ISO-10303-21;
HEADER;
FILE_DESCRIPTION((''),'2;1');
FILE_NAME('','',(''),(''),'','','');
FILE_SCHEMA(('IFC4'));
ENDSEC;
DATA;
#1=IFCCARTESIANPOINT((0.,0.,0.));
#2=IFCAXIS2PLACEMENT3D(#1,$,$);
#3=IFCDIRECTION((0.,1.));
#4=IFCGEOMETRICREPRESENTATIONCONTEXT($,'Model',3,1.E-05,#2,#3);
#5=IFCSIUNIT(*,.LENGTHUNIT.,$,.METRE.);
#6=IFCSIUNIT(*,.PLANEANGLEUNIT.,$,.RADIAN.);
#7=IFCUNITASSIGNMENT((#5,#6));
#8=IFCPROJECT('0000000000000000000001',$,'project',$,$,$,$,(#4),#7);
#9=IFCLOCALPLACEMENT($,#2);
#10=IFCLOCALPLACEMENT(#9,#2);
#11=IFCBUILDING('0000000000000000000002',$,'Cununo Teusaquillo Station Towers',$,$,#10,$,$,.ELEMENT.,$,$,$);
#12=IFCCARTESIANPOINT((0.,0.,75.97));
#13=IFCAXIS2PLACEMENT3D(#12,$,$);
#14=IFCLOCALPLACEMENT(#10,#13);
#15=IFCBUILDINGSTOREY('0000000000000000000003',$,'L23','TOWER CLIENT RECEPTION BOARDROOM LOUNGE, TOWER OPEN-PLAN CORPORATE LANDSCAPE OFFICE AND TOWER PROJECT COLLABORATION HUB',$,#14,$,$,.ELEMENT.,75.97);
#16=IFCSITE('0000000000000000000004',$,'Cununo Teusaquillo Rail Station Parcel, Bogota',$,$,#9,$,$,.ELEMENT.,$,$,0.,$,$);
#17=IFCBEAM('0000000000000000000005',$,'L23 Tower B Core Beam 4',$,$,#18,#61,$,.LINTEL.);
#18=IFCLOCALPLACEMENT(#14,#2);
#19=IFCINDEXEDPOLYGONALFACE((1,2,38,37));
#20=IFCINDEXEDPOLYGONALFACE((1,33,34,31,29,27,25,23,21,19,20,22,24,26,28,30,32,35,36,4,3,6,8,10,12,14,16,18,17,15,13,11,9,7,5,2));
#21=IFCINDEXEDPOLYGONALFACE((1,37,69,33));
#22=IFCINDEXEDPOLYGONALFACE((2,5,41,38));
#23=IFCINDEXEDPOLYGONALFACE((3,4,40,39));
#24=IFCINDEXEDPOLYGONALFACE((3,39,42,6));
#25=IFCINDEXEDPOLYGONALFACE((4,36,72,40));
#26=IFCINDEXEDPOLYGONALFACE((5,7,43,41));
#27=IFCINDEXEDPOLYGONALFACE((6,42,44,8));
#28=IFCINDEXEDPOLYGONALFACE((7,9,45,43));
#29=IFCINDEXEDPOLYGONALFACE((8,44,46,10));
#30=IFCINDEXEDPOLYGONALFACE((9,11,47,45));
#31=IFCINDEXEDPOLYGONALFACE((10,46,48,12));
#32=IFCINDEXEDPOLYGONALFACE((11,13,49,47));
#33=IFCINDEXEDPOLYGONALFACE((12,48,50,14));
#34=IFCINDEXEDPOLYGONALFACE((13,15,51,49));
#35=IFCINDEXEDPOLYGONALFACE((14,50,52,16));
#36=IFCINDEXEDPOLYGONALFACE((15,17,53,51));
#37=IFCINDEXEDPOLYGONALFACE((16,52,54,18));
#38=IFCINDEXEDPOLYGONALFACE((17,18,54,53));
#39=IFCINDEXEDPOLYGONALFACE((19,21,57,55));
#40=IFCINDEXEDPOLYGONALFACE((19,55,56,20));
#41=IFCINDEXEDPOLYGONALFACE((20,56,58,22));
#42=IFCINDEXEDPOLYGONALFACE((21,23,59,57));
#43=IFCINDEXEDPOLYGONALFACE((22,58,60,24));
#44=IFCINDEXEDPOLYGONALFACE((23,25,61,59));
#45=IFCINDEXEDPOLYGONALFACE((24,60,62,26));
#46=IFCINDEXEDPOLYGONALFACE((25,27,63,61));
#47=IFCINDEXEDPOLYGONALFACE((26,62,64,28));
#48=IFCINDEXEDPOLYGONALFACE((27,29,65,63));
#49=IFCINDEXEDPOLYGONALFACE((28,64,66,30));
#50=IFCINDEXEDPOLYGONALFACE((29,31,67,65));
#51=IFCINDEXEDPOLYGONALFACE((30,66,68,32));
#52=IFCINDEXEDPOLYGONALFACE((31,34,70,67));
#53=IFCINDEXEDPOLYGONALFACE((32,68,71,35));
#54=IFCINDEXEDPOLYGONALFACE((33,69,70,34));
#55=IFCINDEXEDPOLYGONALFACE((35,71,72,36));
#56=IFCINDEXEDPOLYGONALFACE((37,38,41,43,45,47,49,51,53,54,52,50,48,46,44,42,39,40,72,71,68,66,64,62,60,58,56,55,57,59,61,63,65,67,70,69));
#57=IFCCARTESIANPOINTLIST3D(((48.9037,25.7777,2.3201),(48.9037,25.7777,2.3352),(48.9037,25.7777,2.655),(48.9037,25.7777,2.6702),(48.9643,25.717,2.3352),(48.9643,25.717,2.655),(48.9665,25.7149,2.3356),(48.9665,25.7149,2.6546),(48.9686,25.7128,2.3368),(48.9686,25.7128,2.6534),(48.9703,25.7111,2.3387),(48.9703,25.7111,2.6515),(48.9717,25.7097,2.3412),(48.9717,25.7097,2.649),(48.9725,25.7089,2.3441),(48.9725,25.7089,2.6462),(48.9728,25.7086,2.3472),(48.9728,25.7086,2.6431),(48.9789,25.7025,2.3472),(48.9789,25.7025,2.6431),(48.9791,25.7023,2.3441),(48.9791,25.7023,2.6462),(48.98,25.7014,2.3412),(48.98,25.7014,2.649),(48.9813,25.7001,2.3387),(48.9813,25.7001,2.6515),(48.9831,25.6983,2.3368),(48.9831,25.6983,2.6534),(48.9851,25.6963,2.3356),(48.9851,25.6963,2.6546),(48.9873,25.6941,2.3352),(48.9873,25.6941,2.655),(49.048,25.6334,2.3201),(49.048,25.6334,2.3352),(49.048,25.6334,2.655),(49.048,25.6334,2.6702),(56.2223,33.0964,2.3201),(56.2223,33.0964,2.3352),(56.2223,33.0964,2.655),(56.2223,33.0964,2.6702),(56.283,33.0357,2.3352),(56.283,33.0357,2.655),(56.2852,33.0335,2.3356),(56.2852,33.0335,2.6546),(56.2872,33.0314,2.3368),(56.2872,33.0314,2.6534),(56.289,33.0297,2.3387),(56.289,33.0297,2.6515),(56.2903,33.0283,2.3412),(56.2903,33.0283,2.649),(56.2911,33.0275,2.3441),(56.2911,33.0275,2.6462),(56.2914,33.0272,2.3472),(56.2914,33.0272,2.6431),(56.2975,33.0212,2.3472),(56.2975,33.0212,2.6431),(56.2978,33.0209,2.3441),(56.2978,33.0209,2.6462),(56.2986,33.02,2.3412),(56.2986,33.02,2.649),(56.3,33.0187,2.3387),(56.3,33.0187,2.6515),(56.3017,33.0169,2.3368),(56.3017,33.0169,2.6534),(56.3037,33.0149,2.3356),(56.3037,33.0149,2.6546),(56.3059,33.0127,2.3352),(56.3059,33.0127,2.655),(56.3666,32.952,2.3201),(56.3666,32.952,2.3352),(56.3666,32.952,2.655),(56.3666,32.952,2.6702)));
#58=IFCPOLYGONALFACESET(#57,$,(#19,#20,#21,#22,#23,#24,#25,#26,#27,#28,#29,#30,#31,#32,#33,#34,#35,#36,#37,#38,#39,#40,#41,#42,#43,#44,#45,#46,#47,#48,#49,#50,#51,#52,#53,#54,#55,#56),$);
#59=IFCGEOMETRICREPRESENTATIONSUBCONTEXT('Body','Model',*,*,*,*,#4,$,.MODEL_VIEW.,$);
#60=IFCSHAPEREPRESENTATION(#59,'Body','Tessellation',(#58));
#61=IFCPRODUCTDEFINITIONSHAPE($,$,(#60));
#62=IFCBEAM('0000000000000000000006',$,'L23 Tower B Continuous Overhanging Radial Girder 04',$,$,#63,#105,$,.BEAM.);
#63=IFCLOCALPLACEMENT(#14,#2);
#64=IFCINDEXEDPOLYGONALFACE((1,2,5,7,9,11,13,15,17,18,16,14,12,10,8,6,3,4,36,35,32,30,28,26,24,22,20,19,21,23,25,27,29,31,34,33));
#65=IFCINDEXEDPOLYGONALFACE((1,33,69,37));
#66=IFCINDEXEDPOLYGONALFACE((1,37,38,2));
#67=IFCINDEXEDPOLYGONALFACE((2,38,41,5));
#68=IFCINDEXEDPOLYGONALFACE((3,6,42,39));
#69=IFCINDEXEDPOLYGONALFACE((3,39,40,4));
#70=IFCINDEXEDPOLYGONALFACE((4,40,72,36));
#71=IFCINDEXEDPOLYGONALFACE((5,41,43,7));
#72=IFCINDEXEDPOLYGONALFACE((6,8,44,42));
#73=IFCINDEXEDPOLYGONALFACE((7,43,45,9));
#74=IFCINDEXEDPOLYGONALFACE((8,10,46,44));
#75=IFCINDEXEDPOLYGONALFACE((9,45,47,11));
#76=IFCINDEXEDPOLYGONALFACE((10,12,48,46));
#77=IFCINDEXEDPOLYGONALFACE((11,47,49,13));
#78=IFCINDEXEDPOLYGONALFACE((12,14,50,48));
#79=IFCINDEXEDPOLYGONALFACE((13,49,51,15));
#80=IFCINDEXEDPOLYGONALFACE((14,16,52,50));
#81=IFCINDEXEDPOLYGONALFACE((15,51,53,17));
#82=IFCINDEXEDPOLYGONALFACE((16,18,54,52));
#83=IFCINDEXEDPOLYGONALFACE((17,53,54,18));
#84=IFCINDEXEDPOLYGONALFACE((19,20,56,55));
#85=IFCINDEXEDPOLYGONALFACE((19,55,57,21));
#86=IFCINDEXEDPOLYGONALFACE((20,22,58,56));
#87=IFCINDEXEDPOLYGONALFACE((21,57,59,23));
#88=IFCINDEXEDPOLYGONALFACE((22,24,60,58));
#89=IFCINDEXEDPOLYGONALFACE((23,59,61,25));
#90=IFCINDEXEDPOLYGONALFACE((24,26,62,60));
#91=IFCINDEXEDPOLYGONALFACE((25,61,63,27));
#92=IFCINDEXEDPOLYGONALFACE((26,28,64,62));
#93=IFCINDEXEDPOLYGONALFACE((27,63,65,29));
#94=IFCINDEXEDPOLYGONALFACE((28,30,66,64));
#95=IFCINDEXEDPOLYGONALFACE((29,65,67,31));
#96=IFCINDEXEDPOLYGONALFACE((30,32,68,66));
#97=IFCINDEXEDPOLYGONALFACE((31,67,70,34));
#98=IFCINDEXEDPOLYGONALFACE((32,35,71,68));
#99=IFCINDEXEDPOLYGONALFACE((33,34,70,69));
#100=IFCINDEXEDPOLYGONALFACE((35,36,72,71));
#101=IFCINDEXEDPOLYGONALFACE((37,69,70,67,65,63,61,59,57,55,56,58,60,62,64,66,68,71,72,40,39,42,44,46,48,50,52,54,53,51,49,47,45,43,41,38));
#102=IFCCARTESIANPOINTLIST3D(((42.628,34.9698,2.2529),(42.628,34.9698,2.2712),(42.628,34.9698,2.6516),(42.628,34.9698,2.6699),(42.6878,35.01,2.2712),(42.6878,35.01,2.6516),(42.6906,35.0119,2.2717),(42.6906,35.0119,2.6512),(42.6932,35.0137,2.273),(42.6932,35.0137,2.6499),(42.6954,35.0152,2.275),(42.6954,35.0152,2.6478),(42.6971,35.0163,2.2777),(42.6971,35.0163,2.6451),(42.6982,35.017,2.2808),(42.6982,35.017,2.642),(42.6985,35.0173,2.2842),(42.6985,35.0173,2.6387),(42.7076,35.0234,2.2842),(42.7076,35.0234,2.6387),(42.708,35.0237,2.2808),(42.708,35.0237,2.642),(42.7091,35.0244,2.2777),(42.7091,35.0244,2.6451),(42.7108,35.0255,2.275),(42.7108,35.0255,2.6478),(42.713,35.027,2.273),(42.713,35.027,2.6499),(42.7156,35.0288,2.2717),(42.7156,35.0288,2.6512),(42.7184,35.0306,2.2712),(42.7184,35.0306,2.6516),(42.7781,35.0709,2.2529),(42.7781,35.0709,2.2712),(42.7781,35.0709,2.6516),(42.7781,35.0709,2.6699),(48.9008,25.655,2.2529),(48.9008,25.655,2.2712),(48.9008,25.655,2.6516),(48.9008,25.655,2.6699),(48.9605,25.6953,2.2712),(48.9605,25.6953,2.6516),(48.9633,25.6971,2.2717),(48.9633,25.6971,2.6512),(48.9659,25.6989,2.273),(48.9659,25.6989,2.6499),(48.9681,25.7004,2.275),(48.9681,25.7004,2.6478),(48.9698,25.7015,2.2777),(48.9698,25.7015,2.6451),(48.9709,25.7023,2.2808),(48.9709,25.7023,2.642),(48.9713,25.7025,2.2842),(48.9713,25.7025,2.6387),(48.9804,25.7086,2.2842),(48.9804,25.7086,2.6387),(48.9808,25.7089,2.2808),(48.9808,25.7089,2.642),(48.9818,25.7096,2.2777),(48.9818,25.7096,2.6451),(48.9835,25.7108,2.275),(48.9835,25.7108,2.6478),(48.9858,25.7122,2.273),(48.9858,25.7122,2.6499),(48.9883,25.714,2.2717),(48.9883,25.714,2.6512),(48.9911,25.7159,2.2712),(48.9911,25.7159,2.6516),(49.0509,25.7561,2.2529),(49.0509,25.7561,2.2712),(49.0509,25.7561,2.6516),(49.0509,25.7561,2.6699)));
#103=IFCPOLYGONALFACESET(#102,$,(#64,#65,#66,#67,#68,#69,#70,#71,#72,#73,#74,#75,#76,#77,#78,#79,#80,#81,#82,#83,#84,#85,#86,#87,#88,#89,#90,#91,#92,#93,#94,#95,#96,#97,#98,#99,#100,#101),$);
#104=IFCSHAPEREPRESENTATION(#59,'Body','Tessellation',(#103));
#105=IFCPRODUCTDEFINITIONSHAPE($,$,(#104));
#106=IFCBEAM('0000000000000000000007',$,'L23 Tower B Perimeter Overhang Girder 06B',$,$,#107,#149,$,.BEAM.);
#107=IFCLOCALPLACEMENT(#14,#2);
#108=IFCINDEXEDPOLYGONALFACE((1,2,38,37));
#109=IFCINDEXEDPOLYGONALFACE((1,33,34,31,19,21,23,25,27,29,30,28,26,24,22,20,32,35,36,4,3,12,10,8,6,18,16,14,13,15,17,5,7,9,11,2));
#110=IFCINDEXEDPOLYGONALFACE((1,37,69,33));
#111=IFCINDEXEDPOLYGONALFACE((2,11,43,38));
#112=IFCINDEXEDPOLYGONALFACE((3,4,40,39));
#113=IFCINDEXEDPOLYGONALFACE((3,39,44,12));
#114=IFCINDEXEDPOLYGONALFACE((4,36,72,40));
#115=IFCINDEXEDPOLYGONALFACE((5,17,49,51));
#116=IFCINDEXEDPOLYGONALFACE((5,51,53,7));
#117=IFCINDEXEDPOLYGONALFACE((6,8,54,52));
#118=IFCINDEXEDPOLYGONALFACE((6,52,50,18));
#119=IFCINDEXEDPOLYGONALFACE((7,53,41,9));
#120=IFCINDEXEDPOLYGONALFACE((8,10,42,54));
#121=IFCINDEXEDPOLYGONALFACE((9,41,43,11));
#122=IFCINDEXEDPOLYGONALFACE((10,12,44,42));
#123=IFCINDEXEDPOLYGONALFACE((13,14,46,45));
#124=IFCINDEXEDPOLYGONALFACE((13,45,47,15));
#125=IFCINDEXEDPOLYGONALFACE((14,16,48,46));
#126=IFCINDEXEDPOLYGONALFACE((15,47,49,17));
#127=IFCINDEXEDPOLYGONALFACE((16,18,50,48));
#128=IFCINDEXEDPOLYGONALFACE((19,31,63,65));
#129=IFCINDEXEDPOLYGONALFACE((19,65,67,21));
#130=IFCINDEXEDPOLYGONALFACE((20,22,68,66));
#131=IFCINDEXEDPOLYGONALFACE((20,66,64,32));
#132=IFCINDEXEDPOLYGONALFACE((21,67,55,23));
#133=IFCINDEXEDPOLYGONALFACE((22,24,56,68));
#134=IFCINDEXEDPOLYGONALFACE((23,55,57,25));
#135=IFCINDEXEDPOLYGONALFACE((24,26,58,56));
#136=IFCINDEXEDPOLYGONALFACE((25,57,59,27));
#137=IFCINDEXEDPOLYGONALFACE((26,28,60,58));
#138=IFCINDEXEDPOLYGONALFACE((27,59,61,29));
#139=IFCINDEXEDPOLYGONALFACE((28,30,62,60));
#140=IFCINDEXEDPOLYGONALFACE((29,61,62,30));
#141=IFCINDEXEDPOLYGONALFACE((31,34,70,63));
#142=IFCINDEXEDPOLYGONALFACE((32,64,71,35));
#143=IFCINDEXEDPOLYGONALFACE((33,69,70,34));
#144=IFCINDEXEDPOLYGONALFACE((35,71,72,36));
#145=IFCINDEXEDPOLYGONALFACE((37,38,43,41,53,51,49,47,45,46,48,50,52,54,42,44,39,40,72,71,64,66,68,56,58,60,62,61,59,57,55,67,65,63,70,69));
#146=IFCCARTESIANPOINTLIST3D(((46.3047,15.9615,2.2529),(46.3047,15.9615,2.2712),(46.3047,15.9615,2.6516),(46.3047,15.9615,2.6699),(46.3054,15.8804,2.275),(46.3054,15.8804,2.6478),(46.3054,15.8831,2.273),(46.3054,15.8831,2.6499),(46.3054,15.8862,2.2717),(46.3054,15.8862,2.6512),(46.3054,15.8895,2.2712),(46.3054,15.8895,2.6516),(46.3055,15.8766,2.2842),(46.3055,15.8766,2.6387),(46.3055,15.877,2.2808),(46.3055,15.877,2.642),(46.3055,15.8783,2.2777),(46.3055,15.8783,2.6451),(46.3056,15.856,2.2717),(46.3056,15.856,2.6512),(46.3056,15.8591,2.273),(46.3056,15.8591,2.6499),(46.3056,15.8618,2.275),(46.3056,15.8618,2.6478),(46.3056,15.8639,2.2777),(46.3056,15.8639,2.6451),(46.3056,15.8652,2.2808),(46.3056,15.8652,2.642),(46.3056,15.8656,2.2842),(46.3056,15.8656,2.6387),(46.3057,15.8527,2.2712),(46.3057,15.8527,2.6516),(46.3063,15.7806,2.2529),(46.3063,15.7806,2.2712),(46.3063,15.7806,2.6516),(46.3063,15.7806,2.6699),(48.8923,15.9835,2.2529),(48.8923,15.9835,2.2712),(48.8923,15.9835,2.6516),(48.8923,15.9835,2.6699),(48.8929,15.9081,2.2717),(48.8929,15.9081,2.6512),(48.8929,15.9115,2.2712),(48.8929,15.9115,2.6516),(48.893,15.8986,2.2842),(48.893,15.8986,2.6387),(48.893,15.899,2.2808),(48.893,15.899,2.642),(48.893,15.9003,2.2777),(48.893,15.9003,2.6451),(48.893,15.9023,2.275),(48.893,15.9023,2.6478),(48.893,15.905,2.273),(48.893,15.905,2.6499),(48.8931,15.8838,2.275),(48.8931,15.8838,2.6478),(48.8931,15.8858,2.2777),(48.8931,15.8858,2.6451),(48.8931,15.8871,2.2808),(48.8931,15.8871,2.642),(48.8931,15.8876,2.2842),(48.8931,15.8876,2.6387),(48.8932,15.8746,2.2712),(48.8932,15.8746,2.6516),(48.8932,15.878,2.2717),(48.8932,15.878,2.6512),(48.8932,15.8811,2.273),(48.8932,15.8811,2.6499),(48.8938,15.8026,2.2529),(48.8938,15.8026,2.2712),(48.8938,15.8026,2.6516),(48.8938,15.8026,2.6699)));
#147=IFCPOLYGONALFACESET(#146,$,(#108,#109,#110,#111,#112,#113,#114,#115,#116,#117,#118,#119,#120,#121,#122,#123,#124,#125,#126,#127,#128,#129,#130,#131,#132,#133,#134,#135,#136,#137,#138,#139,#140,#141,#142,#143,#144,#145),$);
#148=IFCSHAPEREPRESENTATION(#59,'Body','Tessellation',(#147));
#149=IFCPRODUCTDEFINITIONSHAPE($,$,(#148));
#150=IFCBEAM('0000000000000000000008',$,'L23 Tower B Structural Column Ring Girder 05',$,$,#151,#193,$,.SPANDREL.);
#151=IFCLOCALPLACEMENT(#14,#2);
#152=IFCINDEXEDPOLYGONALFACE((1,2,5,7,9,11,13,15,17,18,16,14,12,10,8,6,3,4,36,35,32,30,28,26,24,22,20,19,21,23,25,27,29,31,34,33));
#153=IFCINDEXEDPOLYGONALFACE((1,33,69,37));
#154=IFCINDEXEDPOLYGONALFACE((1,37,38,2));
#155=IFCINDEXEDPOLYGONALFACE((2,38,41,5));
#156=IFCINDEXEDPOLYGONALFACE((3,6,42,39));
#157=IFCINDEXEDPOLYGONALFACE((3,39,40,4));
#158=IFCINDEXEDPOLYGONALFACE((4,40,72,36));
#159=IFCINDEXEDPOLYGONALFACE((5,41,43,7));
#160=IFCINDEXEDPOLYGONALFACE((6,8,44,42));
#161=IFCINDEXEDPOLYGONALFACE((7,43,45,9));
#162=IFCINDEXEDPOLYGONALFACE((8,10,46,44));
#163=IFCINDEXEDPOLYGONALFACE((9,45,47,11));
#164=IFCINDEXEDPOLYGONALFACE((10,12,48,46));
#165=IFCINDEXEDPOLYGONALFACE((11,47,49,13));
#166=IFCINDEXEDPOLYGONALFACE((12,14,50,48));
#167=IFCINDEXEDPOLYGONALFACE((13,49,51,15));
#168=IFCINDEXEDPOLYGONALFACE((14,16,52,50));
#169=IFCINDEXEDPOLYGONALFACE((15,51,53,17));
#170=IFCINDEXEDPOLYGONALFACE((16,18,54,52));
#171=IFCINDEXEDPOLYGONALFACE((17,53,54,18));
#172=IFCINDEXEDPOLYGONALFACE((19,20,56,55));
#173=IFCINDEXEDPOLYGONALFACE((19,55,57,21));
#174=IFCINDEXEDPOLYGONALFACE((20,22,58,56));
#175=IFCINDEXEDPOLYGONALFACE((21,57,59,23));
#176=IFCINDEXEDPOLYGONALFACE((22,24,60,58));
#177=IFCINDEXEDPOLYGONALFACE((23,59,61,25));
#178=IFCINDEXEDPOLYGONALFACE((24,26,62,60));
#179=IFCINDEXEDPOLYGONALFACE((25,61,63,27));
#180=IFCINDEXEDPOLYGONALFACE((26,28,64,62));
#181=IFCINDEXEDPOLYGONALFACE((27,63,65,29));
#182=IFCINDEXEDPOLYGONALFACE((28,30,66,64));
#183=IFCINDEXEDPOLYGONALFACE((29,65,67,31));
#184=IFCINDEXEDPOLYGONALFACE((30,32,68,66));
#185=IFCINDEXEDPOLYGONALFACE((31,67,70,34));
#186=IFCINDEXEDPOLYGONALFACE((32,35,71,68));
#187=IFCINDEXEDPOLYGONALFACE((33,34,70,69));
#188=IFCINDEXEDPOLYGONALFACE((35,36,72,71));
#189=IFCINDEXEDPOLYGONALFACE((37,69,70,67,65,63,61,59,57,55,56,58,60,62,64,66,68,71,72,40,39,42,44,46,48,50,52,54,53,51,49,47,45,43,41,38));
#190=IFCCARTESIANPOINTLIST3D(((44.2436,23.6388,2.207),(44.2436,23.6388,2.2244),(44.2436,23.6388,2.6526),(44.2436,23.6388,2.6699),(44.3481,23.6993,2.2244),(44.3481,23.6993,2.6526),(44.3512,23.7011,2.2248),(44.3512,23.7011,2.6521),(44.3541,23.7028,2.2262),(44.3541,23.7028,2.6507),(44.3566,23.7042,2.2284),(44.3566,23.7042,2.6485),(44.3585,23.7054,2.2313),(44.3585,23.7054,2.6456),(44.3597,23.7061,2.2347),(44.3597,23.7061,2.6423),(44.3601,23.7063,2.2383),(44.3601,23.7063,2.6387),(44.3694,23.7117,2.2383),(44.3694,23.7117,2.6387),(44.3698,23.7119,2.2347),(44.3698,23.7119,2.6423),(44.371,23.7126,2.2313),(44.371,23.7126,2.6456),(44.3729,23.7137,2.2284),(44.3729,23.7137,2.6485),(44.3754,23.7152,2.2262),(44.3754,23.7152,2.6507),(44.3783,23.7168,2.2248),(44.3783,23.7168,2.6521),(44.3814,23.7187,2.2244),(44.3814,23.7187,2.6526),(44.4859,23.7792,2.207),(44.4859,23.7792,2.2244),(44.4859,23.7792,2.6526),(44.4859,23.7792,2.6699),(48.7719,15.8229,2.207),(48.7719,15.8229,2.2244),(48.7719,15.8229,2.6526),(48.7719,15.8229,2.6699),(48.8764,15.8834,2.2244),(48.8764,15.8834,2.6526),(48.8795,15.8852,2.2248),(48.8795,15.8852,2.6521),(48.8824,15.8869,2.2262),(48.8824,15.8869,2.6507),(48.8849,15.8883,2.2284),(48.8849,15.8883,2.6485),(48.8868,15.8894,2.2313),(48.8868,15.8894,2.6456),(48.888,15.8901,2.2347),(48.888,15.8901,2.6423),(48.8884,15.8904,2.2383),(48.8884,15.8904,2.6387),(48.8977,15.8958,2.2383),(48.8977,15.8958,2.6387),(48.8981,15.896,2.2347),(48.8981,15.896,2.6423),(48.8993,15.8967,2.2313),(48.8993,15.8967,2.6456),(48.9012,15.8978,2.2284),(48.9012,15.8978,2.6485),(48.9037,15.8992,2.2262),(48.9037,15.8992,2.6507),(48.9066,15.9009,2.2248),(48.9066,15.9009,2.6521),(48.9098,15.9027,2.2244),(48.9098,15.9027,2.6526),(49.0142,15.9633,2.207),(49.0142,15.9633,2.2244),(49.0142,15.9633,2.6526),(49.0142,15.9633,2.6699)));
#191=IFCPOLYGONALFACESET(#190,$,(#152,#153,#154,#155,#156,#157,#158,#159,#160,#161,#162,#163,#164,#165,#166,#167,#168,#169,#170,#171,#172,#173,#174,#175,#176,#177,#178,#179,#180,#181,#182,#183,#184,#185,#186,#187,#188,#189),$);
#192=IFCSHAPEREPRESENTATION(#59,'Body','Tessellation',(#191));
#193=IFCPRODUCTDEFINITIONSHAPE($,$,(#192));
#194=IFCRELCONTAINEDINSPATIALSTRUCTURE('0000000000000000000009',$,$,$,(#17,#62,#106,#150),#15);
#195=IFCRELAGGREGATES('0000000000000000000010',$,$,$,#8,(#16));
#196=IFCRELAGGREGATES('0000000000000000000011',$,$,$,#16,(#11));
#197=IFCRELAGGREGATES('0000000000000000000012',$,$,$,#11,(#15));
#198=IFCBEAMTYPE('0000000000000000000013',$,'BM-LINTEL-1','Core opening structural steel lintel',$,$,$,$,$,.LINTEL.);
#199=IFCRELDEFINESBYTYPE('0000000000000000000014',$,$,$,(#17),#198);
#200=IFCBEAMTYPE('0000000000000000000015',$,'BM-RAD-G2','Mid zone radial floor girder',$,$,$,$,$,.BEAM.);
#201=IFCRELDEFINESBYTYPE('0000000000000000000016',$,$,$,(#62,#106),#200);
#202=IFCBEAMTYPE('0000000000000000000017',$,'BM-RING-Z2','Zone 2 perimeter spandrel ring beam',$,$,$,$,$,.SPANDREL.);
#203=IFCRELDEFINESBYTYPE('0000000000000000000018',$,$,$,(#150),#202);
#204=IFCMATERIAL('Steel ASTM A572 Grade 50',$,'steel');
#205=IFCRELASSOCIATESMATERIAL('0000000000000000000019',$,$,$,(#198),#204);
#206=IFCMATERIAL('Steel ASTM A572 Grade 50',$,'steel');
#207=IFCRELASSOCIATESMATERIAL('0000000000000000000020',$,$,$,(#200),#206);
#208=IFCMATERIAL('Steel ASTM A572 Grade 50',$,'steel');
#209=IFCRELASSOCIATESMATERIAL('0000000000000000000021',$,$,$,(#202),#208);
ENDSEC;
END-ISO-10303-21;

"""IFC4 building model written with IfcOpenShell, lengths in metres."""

from ifc_helpers import new_model, si_unit, direction, frame, origin, origin_2d, place, context, subcontext, project, spatial, i_section, extrude, material, material_profile, profile_set, type_object, element, save


model = new_model("IFC4")

# Units and contexts
model_context = context("Model", 3, precision=1e-05, world=origin(), true_north=direction((0.0, 1.0)))
body_context = subcontext(model_context, "Body", "Model", "MODEL_VIEW")
ifc_project = project(units=[si_unit("LENGTHUNIT", "METRE"), si_unit("PLANEANGLEUNIT", "RADIAN")], contexts=[model_context])

# Site, building, storey
site_placement = place(None, origin())
site = spatial("IfcSite", under=ifc_project, at=site_placement, Name="Cununo Teusaquillo Rail Station Parcel, Bogota", CompositionType="ELEMENT", RefElevation=0.0)
building_placement = place(site_placement, origin())
building = spatial("IfcBuilding", under=site, at=building_placement, Name="Cununo Teusaquillo Station Towers", CompositionType="ELEMENT")
storey_placement = place(building_placement, frame((0.0, 0.0, 75.97)))
storey = spatial("IfcBuildingStorey", under=building, at=storey_placement, Name="L23", Description="TOWER CLIENT RECEPTION BOARDROOM LOUNGE, TOWER OPEN-PLAN CORPORATE LANDSCAPE OFFICE AND TOWER PROJECT COLLABORATION HUB", CompositionType="ELEMENT", Elevation=75.97)

# Beams
ifc_material_1 = material(Name="Steel ASTM A572 Grade 50", Category="steel")
ifc_material_profile_1 = material_profile(ifc_material_1, i_section(OverallWidth=0.2041, OverallDepth=0.3501, WebThickness=0.0085, FlangeThickness=0.0151, FilletRadius=0.012, at=origin_2d()), Name="W14X48")
ifc_profile_set_1 = profile_set([ifc_material_profile_1], Name="Steel ASTM A572 Grade 50")
beam_type_1 = type_object("IfcBeamType", Name="BM-LINTEL-1", Description="Core opening structural steel lintel", PredefinedType="LINTEL", material=ifc_profile_set_1)
beam_1_placement = place(storey_placement, frame((48.9758, 25.7056, 2.4951), z_axis=(0.707107, 0.707107, 0.0), x_axis=(-0.707107, 0.707107, 0.0)))
element("IfcBeam", 1, at=beam_1_placement, inside=storey, type_object=beam_type_1, Name="L23 Tower B Core Beam 4", PredefinedType="LINTEL", context=body_context, shape_type="SweptSolid", body=[
    extrude(i_section(OverallWidth=0.2041, OverallDepth=0.3501, WebThickness=0.0085, FlangeThickness=0.0151, FilletRadius=0.012, at=origin_2d()), origin(), (0.0, 0.0, 1.0), 10.3501),
])
ifc_material_2 = material(Name="Steel ASTM A572 Grade 50", Category="steel")
ifc_material_profile_2 = material_profile(ifc_material_2, i_section(OverallWidth=0.1809, OverallDepth=0.417, WebThickness=0.011, FlangeThickness=0.0183, FilletRadius=0.0129, at=origin_2d()), Name="W16X57")
ifc_profile_set_2 = profile_set([ifc_material_profile_2], Name="Steel ASTM A572 Grade 50")
beam_type_2 = type_object("IfcBeamType", Name="BM-RAD-G2", Description="Mid zone radial floor girder", PredefinedType="BEAM", material=ifc_profile_set_2)
beam_2_placement = place(storey_placement, frame((48.9758, 25.7056, 2.4614), z_axis=(-0.558572, 0.829456, 0.0), x_axis=(-0.829456, -0.558572, 0.0)))
element("IfcBeam", 2, at=beam_2_placement, inside=storey, type_object=beam_type_2, Name="L23 Tower B Continuous Overhanging Radial Girder 04", PredefinedType="BEAM", context=body_context, shape_type="SweptSolid", body=[
    extrude(i_section(OverallWidth=0.1809, OverallDepth=0.417, WebThickness=0.011, FlangeThickness=0.0183, FilletRadius=0.0129, at=origin_2d()), origin(), (0.0, 0.0, 1.0), 11.23),
])
beam_3_placement = place(storey_placement, frame((48.8931, 15.8931, 2.4614), z_axis=(-0.999964, -0.008491, 0.0), x_axis=(0.008491, -0.999964, 0.0)))
element("IfcBeam", 3, at=beam_3_placement, inside=storey, type_object=beam_type_2, Name="L23 Tower B Perimeter Overhang Girder 06B", PredefinedType="BEAM", context=body_context, shape_type="SweptSolid", body=[
    extrude(i_section(OverallWidth=0.1809, OverallDepth=0.417, WebThickness=0.011, FlangeThickness=0.0183, FilletRadius=0.0129, at=origin_2d()), origin(), (0.0, 0.0, 1.0), 2.5876),
])
ifc_material_3 = material(Name="Steel ASTM A572 Grade 50", Category="steel")
ifc_material_profile_3 = material_profile(ifc_material_3, i_section(OverallWidth=0.28, OverallDepth=0.4629, WebThickness=0.0107, FlangeThickness=0.0173, FilletRadius=0.0139, at=origin_2d()), Name="W18X76")
ifc_profile_set_3 = profile_set([ifc_material_profile_3], Name="Steel ASTM A572 Grade 50")
beam_type_3 = type_object("IfcBeamType", Name="BM-RING-Z2", Description="Zone 2 perimeter spandrel ring beam", PredefinedType="SPANDREL", material=ifc_profile_set_3)
for number, where, z_axis, x_axis, name in (
    (4, (44.3647, 23.709, 2.4385), (0.501311, -0.865267, 0.0), (0.865267, 0.501311, 0.0), "L23 Tower B Structural Column Ring Girder 05"),
):
    element("IfcBeam", number, at=place(storey_placement, frame(where, z_axis=z_axis, x_axis=x_axis)), inside=storey, type_object=beam_type_3, Name=name, PredefinedType="SPANDREL", context=body_context, shape_type="SweptSolid", body=[
        extrude(i_section(OverallWidth=0.28, OverallDepth=0.4629, WebThickness=0.0107, FlangeThickness=0.0173, FilletRadius=0.0139, at=origin_2d()), origin(), (0.0, 0.0, 1.0), 9.033),
    ])

save(model, "model.ifc")
